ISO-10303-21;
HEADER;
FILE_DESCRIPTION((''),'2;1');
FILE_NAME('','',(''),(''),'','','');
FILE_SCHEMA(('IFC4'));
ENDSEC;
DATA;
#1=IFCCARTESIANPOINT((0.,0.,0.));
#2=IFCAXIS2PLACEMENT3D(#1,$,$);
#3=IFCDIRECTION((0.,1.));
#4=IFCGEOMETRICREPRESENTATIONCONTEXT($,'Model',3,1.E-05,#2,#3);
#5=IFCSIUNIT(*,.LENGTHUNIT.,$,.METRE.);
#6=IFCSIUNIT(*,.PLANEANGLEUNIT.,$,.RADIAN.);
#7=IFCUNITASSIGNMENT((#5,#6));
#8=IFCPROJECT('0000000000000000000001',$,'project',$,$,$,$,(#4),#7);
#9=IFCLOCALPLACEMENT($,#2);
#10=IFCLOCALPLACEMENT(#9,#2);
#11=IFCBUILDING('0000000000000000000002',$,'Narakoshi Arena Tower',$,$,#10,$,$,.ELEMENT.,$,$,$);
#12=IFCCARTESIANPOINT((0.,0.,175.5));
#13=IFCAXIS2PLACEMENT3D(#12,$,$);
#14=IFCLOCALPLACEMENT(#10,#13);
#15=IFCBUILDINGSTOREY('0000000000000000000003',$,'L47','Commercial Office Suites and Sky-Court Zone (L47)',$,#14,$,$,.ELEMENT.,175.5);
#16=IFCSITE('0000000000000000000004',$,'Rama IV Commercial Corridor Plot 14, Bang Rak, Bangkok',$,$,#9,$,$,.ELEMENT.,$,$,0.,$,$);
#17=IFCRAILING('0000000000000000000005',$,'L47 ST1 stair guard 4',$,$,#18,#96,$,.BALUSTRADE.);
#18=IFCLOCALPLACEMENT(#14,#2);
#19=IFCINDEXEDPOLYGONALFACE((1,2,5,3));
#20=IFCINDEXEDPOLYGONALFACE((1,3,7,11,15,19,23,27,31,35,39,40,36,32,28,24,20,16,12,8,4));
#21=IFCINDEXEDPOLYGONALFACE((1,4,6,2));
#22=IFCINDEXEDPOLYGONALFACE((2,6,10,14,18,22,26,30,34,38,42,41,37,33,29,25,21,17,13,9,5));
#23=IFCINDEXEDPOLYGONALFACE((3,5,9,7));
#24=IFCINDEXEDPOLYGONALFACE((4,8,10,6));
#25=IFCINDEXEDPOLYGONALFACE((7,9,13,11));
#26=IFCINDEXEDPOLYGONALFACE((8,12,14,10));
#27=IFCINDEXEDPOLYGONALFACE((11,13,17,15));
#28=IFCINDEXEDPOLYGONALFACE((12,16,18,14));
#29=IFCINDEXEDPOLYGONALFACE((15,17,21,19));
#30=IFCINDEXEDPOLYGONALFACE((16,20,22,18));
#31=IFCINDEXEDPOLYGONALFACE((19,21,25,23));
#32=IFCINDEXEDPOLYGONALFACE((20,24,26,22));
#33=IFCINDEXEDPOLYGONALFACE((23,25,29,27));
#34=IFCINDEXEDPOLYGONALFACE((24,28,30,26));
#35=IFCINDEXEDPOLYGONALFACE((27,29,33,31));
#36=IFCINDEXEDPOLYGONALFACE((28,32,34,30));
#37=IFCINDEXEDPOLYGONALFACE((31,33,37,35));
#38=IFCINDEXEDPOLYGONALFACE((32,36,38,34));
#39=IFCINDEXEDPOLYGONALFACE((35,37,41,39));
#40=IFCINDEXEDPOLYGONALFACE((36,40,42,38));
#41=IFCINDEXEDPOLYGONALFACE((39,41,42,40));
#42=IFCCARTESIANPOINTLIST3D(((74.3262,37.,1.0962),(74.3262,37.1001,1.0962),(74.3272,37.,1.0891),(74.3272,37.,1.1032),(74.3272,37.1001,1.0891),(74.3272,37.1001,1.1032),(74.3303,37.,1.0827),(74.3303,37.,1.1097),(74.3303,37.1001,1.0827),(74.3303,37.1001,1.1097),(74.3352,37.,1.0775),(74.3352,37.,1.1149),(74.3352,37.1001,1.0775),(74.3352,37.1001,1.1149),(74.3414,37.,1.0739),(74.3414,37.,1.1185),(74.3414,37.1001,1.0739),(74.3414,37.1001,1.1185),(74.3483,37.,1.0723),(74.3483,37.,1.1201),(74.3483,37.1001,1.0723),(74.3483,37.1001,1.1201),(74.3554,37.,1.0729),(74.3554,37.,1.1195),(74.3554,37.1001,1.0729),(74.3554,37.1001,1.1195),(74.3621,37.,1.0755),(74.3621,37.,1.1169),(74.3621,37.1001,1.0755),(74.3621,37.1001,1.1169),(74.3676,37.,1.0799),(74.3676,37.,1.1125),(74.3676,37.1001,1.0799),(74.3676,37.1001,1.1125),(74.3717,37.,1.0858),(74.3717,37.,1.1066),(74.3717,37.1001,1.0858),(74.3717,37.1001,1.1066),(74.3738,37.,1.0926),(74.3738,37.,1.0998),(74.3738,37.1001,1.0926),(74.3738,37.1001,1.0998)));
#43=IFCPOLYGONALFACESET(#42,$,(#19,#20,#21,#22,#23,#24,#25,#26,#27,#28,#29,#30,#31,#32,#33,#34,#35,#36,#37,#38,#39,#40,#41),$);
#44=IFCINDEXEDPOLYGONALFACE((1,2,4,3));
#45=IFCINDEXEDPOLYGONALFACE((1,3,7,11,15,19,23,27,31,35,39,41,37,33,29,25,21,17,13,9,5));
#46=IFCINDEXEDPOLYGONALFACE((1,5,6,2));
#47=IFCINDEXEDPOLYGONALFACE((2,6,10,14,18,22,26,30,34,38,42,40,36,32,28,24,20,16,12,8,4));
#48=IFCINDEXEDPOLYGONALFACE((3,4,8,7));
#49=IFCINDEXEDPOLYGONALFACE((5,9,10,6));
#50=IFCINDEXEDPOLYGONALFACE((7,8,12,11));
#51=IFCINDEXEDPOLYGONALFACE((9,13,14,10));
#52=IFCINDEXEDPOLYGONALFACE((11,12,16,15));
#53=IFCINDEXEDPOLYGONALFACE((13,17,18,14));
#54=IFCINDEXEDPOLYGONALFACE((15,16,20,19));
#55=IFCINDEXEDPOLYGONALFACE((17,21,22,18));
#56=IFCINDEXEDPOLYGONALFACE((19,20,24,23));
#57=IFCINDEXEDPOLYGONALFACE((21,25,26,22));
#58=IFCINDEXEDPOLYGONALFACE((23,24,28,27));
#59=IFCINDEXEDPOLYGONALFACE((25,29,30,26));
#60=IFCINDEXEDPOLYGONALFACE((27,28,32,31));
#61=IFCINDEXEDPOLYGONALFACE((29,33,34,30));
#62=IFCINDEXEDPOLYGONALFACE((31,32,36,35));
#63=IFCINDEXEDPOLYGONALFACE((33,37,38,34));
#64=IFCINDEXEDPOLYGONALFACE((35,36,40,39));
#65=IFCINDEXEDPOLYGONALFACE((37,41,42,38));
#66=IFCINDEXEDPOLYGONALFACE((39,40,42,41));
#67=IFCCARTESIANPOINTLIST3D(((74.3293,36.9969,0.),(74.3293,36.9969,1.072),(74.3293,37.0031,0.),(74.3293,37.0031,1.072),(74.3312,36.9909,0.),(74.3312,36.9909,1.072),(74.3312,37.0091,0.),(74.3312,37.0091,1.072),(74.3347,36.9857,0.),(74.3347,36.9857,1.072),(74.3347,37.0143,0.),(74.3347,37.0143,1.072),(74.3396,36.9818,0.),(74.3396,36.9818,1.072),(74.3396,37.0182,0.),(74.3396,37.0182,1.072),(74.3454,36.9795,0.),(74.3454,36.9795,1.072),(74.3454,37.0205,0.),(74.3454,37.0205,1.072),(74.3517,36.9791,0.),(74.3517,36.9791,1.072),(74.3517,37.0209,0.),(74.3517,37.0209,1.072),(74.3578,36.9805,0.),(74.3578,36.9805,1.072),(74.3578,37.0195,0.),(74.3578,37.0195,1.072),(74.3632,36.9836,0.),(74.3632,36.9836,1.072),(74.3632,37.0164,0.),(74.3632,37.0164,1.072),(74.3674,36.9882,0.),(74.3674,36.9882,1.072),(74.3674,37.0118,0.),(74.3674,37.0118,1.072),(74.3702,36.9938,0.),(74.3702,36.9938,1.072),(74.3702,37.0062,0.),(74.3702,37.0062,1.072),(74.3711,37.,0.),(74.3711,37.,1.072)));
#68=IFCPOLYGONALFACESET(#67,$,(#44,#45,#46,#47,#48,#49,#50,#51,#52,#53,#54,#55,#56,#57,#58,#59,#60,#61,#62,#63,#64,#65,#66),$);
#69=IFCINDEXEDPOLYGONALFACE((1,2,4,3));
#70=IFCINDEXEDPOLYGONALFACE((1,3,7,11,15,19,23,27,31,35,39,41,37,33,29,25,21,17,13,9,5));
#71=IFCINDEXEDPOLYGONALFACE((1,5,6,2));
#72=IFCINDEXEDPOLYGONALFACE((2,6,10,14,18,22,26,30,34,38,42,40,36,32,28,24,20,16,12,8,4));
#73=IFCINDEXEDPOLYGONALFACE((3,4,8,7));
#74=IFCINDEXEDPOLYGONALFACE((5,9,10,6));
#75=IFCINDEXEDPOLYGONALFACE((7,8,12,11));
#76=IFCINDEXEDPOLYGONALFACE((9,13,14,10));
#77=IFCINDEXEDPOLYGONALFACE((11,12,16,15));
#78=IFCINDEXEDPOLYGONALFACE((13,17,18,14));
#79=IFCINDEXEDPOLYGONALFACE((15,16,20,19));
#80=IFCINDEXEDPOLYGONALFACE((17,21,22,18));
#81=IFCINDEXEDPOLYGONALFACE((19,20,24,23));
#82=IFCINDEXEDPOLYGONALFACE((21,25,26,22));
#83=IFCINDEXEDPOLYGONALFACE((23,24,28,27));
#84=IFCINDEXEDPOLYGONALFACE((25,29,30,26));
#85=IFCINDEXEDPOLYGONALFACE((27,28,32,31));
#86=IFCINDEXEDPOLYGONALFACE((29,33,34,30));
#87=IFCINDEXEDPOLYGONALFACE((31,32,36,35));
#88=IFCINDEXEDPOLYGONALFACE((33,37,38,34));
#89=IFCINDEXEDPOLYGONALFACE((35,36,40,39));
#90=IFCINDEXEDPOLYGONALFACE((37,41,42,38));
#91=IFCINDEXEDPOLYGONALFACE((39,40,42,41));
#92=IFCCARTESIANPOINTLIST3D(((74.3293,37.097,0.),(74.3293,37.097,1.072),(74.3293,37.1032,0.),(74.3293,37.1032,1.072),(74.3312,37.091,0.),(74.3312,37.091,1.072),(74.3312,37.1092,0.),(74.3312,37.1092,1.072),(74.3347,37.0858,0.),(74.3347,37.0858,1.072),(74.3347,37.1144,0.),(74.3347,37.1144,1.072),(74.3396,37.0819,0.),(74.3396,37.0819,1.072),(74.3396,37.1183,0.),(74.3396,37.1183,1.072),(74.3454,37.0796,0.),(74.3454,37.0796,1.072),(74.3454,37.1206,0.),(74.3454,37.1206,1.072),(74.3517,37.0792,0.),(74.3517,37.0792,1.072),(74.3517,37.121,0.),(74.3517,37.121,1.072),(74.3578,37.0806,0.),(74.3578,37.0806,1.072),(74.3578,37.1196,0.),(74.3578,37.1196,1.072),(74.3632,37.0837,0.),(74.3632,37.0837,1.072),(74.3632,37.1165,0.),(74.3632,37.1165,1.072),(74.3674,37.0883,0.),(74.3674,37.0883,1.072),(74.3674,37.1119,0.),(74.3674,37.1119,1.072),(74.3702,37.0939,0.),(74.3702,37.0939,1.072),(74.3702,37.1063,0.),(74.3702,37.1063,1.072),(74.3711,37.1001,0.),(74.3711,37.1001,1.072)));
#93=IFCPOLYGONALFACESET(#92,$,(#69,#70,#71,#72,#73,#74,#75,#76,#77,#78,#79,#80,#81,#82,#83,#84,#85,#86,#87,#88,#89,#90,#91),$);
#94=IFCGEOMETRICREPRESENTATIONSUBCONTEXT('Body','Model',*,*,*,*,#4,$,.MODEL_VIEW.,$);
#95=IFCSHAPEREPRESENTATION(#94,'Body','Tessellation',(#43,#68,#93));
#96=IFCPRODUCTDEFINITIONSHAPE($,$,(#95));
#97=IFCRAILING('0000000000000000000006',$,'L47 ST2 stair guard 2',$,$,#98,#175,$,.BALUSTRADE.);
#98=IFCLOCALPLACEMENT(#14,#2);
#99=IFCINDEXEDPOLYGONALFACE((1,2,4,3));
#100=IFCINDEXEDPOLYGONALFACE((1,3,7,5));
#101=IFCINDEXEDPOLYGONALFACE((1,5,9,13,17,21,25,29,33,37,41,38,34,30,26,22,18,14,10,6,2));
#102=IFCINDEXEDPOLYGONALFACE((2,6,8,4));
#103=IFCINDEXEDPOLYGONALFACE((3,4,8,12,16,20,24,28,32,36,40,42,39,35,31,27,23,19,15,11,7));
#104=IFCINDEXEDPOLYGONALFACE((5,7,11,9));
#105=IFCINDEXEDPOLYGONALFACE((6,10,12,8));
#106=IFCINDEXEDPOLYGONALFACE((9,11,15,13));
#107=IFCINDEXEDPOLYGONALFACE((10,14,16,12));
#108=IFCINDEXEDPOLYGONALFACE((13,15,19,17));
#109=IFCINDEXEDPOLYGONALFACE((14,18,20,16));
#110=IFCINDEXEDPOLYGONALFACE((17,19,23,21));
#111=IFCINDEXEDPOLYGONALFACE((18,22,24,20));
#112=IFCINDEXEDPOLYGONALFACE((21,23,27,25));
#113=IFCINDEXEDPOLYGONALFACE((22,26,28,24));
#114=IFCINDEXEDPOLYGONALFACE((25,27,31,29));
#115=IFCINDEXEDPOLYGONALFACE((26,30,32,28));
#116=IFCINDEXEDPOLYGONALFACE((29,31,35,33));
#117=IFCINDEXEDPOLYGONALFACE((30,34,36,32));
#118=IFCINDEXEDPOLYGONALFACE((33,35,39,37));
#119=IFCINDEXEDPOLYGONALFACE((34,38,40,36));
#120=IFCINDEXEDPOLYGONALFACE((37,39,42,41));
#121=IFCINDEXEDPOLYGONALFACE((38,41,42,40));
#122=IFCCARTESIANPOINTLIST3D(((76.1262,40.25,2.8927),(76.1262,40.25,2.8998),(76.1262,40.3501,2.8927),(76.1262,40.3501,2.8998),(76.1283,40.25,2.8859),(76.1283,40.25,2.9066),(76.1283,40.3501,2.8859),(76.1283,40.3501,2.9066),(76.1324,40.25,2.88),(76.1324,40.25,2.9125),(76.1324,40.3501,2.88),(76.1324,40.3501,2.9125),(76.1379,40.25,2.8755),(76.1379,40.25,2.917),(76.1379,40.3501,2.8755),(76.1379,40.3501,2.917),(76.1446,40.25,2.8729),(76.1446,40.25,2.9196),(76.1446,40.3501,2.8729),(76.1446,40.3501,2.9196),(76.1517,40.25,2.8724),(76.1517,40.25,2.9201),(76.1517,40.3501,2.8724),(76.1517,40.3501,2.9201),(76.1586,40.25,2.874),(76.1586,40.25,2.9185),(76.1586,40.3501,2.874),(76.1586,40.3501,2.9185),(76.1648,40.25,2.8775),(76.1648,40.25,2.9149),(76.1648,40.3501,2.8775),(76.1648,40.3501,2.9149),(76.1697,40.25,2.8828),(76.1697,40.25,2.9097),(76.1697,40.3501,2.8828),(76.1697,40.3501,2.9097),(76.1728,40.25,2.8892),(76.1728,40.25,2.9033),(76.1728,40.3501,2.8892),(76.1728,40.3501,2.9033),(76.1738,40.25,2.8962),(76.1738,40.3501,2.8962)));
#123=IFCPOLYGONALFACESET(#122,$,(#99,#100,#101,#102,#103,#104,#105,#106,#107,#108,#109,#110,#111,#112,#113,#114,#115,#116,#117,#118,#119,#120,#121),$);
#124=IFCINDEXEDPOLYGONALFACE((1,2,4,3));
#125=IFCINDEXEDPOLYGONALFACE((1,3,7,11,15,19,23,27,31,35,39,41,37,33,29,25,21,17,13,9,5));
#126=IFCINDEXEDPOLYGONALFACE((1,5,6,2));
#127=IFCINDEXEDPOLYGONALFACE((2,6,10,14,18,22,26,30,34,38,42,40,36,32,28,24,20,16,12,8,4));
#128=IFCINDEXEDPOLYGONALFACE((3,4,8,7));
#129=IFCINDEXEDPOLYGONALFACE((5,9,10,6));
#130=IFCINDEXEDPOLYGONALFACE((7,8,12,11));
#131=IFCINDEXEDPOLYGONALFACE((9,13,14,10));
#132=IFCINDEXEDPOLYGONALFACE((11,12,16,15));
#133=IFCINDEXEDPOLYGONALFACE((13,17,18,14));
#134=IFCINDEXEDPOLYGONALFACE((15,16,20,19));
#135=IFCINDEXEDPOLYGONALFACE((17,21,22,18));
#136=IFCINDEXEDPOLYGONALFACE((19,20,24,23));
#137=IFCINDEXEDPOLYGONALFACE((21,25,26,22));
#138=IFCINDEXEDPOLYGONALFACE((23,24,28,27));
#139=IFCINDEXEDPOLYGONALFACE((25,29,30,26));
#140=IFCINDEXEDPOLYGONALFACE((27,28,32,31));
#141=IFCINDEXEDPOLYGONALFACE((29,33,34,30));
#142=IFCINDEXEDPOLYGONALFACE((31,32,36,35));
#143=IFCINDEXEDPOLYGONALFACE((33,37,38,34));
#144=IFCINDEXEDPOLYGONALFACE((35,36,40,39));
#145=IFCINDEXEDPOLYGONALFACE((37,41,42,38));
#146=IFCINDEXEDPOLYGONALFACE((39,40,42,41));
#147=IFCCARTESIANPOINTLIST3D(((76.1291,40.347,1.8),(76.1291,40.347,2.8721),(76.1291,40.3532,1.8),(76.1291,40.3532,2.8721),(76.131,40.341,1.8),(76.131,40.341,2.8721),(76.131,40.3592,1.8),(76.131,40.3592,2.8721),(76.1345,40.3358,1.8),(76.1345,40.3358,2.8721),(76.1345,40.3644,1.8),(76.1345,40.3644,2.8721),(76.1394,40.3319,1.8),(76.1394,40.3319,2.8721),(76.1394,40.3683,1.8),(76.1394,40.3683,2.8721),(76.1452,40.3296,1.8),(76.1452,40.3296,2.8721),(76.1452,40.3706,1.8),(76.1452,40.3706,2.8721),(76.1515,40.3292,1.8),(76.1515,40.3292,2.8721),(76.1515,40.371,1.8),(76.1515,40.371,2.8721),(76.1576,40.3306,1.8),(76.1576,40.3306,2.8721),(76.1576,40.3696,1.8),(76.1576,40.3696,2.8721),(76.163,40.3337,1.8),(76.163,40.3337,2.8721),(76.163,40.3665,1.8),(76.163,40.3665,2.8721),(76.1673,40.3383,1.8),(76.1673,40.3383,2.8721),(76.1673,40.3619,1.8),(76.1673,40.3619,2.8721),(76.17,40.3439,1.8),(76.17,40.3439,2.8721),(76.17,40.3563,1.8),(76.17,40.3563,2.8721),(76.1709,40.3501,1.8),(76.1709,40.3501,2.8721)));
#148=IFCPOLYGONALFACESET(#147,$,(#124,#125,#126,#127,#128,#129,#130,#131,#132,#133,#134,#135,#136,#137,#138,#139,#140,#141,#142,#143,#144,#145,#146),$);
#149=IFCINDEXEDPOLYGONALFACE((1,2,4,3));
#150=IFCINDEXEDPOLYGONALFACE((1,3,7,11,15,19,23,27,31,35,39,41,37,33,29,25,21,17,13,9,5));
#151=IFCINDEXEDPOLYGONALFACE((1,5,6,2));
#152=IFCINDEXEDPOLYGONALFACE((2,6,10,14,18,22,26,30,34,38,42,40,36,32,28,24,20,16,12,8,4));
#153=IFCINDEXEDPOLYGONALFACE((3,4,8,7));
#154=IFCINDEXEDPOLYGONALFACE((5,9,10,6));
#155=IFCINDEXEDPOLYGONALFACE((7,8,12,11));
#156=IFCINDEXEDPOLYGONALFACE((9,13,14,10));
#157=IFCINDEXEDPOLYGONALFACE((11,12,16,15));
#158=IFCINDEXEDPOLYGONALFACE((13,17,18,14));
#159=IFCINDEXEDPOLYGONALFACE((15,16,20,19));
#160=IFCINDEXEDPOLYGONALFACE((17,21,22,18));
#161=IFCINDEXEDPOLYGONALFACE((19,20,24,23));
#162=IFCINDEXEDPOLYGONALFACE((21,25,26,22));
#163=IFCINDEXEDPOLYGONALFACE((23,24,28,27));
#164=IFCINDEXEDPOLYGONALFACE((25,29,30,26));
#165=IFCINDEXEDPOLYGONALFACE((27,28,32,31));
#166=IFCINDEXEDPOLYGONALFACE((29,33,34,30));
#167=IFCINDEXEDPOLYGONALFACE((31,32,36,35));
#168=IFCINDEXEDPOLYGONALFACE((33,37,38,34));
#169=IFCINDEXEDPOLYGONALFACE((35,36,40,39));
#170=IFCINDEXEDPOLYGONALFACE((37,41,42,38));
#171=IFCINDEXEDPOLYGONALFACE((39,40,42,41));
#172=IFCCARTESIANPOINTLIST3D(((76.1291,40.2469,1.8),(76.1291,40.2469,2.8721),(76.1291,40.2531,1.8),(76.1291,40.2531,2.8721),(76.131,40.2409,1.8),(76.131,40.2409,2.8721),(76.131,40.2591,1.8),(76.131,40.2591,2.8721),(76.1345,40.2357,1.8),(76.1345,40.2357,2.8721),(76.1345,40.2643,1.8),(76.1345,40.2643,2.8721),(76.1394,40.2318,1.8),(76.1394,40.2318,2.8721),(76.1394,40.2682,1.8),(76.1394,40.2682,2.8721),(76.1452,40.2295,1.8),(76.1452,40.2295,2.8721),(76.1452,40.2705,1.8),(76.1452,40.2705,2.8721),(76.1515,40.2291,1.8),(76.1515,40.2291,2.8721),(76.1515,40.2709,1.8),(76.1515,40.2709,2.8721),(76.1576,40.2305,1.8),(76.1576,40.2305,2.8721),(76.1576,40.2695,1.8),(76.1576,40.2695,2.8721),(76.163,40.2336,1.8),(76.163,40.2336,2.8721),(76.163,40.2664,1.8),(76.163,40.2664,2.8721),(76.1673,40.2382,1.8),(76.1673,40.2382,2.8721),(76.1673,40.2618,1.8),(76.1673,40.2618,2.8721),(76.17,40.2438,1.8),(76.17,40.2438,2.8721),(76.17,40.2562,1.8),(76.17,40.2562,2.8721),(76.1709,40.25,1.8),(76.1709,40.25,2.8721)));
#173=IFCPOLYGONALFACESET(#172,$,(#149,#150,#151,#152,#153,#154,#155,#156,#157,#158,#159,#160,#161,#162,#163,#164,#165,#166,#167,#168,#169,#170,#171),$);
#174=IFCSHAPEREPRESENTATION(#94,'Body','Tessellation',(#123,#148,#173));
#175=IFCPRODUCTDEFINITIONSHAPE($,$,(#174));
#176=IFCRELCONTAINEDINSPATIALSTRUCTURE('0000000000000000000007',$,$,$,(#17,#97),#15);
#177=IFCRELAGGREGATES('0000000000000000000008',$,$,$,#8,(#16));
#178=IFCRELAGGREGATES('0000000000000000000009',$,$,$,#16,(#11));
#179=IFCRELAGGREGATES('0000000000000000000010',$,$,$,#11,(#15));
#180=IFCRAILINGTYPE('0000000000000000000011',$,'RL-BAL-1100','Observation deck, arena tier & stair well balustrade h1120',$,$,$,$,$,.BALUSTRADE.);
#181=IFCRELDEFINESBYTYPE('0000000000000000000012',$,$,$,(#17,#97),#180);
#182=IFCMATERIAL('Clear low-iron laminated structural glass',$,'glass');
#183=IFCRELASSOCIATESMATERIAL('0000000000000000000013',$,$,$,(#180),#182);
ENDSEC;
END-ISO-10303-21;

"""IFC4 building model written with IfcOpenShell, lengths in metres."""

from ifc_helpers import new_model, si_unit, direction, frame, origin, origin_2d, place, context, subcontext, project, spatial, circle, extrude, material, type_object, element, save


model = new_model("IFC4")

# Units and contexts
model_context = context("Model", 3, precision=1e-05, world=origin(), true_north=direction((0.0, 1.0)))
body_context = subcontext(model_context, "Body", "Model", "MODEL_VIEW")
ifc_project = project(units=[si_unit("LENGTHUNIT", "METRE"), si_unit("PLANEANGLEUNIT", "RADIAN")], contexts=[model_context])

# Site, building, storey
site_placement = place(None, origin())
site = spatial("IfcSite", under=ifc_project, at=site_placement, Name="Rama IV Commercial Corridor Plot 14, Bang Rak, Bangkok", CompositionType="ELEMENT", RefElevation=0.0)
building_placement = place(site_placement, origin())
building = spatial("IfcBuilding", under=site, at=building_placement, Name="Narakoshi Arena Tower", CompositionType="ELEMENT")
storey_placement = place(building_placement, frame((0.0, 0.0, 175.5)))
storey = spatial("IfcBuildingStorey", under=building, at=storey_placement, Name="L47", Description="Commercial Office Suites and Sky-Court Zone (L47)", CompositionType="ELEMENT", Elevation=175.5)

# Railings
ifc_material_1 = material(Name="Clear low-iron laminated structural glass", Category="glass")
railing_type_1 = type_object("IfcRailingType", Name="RL-BAL-1100", Description="Observation deck, arena tier & stair well balustrade h1120", PredefinedType="BALUSTRADE", material=ifc_material_1)
railing_1_placement = place(storey_placement, frame((74.3501, 37.0, 0.0)))
element("IfcRailing", 1, at=railing_1_placement, inside=storey, type_object=railing_type_1, Name="L47 ST1 stair guard 4", PredefinedType="BALUSTRADE", context=body_context, shape_type="SweptSolid", body=[
    extrude(circle(Radius=0.0239, at=origin_2d()), frame((0.0, 0.0, 1.0962), z_axis=(0.0, 1.0, 0.0), x_axis=(-1.0, 0.0, 0.0)), (0.0, 0.0, 1.0), 0.1001),
    extrude(circle(Radius=0.021, at=origin_2d()), origin(), (0.0, 0.0, 1.0), 1.072),
    extrude(circle(Radius=0.021, at=origin_2d()), frame((0.0, 0.1001, 0.0)), (0.0, 0.0, 1.0), 1.072),
])
railing_2_placement = place(storey_placement, frame((76.1499, 40.3501, 1.8)))
element("IfcRailing", 2, at=railing_2_placement, inside=storey, type_object=railing_type_1, Name="L47 ST2 stair guard 2", PredefinedType="BALUSTRADE", context=body_context, shape_type="SweptSolid", body=[
    extrude(circle(Radius=0.0239, at=origin_2d()), frame((0.0, 0.0, 1.0962), z_axis=(0.0, -1.0, 0.0), x_axis=(1.0, 0.0, 0.0)), (0.0, 0.0, 1.0), 0.1001),
    extrude(circle(Radius=0.021, at=origin_2d()), origin(), (0.0, 0.0, 1.0), 1.072),
    extrude(circle(Radius=0.021, at=origin_2d()), frame((0.0, -0.1001, 0.0)), (0.0, 0.0, 1.0), 1.072),
])

save(model, "model.ifc")
